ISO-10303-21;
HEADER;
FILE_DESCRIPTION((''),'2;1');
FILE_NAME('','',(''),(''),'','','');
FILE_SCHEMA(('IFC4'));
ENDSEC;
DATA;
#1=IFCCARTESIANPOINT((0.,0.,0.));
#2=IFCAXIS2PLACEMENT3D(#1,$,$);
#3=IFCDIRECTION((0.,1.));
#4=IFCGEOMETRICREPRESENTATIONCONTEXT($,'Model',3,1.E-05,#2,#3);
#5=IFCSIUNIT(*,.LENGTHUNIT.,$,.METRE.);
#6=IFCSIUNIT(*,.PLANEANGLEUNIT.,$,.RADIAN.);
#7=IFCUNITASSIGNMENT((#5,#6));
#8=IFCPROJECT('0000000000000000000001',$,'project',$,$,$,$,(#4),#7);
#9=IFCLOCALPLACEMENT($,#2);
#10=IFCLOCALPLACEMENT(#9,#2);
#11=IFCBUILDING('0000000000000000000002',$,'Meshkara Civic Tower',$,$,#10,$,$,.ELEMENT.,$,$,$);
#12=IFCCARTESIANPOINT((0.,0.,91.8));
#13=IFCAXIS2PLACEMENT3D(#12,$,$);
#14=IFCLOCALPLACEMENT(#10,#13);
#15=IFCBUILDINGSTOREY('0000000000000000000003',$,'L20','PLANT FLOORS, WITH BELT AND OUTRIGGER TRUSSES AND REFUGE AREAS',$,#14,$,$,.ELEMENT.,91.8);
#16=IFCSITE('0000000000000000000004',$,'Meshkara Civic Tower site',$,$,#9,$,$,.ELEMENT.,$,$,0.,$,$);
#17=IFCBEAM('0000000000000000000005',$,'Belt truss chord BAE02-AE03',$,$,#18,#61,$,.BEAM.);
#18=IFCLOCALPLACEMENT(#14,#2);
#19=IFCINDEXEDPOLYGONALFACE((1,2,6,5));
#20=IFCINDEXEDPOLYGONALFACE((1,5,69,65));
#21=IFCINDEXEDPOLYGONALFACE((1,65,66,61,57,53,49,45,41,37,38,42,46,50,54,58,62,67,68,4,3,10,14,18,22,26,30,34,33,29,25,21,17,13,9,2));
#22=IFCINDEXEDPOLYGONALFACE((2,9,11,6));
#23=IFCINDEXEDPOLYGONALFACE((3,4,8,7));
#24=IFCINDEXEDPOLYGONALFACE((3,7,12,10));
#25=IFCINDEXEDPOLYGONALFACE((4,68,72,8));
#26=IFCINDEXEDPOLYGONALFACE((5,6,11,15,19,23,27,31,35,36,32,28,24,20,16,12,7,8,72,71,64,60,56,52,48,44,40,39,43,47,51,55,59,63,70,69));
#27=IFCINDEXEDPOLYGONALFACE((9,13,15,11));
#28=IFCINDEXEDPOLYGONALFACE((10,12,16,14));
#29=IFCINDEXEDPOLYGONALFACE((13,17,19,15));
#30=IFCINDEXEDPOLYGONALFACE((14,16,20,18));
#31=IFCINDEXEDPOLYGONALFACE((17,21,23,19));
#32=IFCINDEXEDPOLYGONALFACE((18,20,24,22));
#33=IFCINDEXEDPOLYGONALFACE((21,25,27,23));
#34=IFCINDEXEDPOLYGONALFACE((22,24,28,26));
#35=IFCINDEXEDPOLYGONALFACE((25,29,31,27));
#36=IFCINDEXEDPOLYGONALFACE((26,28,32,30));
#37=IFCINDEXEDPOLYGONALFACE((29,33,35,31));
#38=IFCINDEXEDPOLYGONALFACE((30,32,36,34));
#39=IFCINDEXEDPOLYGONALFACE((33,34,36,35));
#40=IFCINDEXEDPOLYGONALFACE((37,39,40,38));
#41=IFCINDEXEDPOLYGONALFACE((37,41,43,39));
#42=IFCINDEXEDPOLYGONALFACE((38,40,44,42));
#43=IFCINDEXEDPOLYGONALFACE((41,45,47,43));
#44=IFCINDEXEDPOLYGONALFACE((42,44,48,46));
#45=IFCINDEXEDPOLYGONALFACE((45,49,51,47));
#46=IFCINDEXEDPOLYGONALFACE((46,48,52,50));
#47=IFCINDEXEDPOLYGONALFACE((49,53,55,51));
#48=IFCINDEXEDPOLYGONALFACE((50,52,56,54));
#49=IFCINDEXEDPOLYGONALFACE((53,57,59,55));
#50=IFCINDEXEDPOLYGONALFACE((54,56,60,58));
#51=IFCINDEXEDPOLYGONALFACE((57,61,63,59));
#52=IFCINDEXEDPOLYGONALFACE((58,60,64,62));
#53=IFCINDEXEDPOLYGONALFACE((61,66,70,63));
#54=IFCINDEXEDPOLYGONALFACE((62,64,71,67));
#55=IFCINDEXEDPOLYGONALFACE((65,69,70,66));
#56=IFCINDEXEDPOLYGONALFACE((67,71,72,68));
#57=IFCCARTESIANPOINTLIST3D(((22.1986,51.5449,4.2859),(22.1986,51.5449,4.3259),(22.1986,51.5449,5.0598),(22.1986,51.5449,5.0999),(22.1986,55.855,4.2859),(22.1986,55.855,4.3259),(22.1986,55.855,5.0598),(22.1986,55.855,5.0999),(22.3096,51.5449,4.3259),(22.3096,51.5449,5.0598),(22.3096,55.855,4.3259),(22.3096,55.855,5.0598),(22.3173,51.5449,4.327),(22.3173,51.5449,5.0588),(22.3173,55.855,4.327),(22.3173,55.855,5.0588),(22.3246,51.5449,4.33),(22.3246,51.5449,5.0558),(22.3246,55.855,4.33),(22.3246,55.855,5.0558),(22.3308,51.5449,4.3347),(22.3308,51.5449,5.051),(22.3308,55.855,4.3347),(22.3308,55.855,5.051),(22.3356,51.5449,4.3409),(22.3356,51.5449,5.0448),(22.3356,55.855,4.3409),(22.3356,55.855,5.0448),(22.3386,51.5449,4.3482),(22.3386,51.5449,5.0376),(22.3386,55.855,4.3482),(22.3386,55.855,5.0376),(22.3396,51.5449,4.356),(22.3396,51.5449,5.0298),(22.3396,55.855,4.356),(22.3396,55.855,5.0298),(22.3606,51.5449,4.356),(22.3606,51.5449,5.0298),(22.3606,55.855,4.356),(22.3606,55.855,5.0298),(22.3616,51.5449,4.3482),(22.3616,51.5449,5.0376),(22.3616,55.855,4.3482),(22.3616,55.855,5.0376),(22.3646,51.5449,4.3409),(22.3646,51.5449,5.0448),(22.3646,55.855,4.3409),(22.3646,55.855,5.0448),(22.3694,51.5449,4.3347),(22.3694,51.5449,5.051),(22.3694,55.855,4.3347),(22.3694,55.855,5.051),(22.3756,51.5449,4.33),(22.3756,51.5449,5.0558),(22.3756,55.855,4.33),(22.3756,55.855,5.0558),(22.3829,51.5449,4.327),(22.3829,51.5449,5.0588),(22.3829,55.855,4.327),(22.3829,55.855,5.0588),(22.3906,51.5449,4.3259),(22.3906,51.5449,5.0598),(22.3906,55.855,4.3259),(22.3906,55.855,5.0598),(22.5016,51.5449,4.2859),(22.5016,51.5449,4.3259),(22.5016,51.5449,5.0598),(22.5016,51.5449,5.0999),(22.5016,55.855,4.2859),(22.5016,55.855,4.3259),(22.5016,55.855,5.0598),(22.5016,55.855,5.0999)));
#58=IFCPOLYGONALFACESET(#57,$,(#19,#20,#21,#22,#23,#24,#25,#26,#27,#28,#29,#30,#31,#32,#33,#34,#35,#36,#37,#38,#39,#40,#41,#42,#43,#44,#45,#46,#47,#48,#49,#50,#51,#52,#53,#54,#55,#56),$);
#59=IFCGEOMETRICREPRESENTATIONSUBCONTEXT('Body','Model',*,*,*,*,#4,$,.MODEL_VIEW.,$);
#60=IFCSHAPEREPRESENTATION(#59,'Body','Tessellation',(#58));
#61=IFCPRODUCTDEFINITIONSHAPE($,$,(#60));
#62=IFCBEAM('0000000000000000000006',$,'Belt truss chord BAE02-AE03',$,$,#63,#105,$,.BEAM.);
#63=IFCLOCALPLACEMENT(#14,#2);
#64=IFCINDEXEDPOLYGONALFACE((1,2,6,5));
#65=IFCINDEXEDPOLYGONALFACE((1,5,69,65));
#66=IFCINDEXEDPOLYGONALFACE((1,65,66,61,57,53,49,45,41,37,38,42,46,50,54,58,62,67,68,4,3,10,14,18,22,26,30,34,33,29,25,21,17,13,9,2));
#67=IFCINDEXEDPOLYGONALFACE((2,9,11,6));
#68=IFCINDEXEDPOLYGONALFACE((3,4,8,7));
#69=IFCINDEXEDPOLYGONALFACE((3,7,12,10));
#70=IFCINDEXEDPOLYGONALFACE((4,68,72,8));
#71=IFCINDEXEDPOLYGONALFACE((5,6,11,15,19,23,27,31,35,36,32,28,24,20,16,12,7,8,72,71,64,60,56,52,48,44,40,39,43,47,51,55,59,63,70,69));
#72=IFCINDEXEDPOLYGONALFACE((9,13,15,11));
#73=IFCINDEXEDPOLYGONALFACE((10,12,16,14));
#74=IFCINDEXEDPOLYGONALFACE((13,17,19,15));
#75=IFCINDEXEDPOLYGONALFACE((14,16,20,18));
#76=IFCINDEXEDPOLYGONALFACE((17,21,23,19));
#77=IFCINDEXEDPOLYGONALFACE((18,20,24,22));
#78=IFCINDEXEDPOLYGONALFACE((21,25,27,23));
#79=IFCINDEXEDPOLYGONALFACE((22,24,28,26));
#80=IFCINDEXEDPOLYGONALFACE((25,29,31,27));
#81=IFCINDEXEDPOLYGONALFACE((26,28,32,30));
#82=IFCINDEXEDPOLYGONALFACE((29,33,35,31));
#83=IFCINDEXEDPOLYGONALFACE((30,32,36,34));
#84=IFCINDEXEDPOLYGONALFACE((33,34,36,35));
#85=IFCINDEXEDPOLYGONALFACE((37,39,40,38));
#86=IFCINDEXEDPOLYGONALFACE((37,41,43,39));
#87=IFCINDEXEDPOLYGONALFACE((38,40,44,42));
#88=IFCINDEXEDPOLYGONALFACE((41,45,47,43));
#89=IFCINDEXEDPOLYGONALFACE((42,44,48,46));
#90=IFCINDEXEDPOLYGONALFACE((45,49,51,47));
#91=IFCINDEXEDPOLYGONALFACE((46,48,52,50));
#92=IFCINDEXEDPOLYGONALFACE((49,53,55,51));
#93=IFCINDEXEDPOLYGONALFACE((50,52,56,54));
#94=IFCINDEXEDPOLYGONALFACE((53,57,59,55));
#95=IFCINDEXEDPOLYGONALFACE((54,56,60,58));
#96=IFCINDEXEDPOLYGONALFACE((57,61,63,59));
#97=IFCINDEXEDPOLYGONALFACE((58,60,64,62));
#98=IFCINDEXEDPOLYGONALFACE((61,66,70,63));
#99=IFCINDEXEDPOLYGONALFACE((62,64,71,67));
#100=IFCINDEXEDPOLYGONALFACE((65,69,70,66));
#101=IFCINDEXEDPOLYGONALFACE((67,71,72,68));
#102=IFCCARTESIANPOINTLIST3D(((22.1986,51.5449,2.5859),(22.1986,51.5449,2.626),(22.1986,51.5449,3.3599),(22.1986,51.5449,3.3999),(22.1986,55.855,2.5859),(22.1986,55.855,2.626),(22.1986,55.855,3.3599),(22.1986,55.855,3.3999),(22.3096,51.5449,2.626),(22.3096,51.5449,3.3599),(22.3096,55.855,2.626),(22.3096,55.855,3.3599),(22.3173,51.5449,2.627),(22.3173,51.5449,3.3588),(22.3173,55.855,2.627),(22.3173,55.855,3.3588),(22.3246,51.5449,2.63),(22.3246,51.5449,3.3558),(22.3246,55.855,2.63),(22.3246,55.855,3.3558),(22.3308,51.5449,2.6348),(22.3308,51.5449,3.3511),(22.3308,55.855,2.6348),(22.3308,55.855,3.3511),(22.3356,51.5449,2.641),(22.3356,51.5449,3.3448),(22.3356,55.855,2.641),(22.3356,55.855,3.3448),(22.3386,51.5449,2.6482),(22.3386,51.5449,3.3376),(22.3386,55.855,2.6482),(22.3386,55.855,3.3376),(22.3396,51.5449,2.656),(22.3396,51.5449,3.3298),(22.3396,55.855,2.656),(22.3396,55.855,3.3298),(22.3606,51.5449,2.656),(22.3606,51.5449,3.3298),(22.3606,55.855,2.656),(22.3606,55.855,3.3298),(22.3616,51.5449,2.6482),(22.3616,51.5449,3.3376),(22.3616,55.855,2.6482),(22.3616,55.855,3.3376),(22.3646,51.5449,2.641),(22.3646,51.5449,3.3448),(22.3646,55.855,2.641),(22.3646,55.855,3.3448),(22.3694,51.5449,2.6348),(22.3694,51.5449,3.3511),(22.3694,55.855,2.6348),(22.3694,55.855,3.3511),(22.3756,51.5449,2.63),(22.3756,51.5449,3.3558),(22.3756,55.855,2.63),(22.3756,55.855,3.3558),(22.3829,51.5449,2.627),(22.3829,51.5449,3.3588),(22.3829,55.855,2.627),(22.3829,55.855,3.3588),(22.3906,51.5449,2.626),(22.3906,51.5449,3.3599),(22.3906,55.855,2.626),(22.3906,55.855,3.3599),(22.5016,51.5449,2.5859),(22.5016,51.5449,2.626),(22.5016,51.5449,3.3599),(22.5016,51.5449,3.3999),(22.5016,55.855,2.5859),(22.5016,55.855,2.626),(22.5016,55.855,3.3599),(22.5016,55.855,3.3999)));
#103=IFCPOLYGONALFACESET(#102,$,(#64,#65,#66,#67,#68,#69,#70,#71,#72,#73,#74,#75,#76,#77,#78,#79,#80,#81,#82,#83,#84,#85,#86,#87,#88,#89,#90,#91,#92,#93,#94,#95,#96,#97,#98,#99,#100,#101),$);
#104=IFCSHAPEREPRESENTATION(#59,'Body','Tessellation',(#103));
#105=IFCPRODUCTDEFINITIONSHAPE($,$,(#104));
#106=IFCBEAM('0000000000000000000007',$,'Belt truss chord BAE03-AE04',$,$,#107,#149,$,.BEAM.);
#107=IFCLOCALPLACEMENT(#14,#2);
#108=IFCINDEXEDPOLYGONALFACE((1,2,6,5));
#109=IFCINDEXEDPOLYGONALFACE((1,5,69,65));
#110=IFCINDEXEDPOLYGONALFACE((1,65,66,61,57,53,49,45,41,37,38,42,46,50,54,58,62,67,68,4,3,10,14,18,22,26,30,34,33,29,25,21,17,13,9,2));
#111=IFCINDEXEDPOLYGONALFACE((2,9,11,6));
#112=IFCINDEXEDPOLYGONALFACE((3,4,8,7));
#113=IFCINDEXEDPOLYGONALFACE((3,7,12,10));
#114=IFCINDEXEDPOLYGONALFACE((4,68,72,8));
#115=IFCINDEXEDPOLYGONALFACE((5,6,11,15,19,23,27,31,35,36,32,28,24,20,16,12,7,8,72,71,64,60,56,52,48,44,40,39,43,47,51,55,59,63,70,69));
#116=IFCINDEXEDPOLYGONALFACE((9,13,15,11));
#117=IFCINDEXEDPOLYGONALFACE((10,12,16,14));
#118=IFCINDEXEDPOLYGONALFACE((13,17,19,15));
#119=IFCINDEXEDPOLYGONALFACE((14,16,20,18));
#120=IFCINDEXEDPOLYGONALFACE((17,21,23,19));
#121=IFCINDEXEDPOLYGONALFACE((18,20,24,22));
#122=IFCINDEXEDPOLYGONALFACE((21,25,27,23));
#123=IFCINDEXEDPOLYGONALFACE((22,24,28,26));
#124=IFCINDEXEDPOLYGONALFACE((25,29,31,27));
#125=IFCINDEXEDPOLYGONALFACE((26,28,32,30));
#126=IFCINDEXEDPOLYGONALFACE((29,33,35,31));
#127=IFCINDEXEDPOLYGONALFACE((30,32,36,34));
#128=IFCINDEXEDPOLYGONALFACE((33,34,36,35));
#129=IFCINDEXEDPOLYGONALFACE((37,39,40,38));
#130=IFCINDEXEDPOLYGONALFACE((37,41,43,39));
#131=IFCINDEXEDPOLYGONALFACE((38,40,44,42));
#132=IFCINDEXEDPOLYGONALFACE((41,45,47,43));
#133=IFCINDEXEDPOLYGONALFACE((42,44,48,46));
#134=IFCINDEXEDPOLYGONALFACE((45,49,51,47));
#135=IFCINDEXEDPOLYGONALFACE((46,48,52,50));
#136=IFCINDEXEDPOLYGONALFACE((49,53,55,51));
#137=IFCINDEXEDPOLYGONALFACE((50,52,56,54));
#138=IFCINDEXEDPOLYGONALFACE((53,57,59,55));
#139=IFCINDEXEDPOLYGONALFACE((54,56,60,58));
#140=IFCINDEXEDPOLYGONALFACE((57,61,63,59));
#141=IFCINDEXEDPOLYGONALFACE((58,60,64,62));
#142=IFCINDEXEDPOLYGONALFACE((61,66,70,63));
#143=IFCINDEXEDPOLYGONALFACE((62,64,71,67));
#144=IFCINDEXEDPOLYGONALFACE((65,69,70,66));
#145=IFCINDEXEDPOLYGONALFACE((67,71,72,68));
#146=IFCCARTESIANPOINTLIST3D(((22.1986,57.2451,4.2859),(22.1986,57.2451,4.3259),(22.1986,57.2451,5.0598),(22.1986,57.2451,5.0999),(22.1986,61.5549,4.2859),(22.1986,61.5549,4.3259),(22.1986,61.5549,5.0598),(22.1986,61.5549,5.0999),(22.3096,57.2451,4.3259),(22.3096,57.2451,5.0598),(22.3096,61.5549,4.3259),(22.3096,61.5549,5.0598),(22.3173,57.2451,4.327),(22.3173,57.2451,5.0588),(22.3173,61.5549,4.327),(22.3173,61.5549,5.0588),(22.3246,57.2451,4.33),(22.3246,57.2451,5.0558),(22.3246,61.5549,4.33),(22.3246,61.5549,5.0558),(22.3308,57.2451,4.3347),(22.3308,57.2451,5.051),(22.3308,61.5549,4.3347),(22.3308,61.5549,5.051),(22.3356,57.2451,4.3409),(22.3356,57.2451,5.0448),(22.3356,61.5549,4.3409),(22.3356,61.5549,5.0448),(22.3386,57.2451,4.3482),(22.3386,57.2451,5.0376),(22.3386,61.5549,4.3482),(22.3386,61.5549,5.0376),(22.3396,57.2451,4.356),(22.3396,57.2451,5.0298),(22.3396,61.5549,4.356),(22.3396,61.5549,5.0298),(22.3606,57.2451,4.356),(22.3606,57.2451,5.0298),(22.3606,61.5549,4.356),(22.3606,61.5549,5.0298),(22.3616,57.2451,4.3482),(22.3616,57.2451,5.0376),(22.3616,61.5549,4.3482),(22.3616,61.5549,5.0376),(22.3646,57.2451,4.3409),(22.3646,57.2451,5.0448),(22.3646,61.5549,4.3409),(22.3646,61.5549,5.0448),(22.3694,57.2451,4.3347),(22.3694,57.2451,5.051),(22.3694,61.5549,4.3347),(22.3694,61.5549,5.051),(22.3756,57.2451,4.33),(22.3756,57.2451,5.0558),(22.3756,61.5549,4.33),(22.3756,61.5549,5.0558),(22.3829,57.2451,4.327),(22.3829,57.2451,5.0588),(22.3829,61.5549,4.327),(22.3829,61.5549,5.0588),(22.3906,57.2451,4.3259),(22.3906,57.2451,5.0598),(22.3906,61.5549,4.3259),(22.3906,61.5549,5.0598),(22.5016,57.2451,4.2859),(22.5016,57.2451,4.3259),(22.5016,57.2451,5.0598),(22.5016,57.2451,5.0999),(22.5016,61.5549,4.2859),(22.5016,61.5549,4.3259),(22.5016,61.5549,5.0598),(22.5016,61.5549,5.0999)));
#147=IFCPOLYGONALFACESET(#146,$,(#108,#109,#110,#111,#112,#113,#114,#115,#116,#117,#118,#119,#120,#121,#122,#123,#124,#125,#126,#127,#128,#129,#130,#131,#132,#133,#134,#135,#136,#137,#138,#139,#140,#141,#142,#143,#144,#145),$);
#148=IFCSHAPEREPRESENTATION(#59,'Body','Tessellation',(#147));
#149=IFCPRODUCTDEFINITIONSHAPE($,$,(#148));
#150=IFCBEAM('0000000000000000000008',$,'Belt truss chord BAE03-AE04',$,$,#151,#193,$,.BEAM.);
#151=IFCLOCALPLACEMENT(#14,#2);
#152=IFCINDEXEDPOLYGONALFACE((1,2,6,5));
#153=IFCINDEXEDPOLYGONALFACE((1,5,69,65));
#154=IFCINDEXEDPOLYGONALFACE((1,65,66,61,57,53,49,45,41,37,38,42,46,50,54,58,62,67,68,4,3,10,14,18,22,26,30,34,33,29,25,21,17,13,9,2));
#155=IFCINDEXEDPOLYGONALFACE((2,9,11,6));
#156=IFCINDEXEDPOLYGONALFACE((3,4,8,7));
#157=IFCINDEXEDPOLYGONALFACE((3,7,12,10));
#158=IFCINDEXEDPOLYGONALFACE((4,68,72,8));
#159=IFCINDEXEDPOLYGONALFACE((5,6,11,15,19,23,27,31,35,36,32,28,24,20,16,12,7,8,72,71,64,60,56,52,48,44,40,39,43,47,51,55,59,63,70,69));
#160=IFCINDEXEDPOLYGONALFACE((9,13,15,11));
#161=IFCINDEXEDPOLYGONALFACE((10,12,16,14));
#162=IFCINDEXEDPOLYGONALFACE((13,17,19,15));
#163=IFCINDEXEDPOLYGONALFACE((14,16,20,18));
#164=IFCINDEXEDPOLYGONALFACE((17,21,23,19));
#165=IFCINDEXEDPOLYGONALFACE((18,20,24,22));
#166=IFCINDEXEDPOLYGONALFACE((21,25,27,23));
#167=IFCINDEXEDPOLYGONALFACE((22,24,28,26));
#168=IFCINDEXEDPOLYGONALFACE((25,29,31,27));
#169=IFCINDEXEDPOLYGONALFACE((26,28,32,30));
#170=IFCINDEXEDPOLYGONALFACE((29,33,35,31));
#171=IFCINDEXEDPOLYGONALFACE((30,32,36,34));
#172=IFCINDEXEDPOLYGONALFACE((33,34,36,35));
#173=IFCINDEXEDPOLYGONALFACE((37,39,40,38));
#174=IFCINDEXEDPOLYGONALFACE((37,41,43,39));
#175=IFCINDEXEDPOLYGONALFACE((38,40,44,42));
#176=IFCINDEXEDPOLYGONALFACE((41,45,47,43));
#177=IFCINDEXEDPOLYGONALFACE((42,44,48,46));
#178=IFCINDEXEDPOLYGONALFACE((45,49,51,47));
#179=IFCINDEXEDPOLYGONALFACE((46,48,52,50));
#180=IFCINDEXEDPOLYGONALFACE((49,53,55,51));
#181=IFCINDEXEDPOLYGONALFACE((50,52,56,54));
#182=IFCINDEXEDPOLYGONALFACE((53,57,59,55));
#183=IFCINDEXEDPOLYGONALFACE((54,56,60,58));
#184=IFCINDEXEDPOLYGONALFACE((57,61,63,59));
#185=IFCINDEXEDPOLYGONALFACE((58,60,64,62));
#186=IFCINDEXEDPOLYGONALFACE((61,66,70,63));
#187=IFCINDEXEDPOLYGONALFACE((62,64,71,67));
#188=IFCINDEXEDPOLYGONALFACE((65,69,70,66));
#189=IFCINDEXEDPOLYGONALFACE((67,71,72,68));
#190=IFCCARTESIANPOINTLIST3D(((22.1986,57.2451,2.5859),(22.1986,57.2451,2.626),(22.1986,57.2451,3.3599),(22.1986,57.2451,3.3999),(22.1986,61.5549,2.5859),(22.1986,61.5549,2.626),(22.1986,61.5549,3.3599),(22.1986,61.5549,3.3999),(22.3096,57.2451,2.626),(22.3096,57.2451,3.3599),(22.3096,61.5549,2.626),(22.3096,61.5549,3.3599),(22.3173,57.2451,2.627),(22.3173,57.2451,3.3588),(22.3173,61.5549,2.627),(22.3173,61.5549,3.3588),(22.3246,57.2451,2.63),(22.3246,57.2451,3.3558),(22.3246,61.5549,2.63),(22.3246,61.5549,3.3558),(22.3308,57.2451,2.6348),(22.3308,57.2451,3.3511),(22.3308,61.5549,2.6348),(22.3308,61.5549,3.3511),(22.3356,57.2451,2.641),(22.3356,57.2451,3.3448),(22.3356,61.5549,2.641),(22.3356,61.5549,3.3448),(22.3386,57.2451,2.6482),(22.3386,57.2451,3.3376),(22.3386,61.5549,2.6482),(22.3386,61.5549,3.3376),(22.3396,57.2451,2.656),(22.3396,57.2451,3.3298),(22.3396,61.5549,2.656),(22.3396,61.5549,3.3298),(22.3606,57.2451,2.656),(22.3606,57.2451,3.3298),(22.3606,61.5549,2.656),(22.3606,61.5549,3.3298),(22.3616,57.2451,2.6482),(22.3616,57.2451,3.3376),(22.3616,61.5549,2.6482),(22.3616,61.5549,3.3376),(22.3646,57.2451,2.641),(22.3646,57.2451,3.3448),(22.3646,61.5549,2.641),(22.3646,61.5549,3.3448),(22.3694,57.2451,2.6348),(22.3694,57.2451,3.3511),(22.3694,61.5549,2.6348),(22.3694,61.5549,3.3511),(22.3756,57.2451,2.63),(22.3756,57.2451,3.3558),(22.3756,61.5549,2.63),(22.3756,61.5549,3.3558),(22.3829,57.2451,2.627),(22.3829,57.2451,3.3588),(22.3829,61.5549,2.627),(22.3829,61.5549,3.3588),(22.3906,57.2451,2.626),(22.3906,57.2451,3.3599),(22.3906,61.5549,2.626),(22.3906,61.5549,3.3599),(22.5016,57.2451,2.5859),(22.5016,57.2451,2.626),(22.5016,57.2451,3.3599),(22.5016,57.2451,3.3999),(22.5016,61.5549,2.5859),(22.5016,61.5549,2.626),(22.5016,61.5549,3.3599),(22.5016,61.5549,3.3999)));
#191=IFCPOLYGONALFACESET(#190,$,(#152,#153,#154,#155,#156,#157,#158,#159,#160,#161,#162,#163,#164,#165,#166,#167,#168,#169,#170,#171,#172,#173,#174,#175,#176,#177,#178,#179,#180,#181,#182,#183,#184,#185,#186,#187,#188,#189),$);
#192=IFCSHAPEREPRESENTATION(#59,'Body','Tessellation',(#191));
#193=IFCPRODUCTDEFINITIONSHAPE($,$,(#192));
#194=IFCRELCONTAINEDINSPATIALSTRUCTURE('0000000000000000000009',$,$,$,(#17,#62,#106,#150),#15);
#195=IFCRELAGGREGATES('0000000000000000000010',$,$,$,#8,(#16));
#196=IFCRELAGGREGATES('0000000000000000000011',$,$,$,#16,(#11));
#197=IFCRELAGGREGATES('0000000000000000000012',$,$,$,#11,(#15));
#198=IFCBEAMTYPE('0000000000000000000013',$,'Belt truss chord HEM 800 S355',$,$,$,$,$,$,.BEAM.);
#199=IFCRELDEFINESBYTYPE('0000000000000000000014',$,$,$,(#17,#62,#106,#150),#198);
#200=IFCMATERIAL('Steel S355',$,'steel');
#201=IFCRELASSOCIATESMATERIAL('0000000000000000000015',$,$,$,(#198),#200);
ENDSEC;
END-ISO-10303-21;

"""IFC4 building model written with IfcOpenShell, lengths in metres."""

from ifc_helpers import new_model, si_unit, direction, frame, origin, origin_2d, place, context, subcontext, project, spatial, i_section, extrude, material, material_profile, profile_set, type_object, element, save


model = new_model("IFC4")

# Units and contexts
model_context = context("Model", 3, precision=1e-05, world=origin(), true_north=direction((0.0, 1.0)))
body_context = subcontext(model_context, "Body", "Model", "MODEL_VIEW")
ifc_project = project(units=[si_unit("LENGTHUNIT", "METRE"), si_unit("PLANEANGLEUNIT", "RADIAN")], contexts=[model_context])

# Site, building, storey
site_placement = place(None, origin())
site = spatial("IfcSite", under=ifc_project, at=site_placement, Name="Meshkara Civic Tower site", CompositionType="ELEMENT", RefElevation=0.0)
building_placement = place(site_placement, origin())
building = spatial("IfcBuilding", under=site, at=building_placement, Name="Meshkara Civic Tower", CompositionType="ELEMENT")
storey_placement = place(building_placement, frame((0.0, 0.0, 91.8)))
storey = spatial("IfcBuildingStorey", under=building, at=storey_placement, Name="L20", Description="PLANT FLOORS, WITH BELT AND OUTRIGGER TRUSSES AND REFUGE AREAS", CompositionType="ELEMENT", Elevation=91.8)

# Beams
ifc_material_1 = material(Name="Steel S355", Category="steel")
ifc_material_profile_1 = material_profile(ifc_material_1, i_section(OverallWidth=0.303, OverallDepth=0.814, WebThickness=0.021, FlangeThickness=0.04, FilletRadius=0.03, at=origin_2d()))
ifc_profile_set_1 = profile_set([ifc_material_profile_1], Name="Steel S355")
beam_type_1 = type_object("IfcBeamType", Name="Belt truss chord HEM 800 S355", PredefinedType="BEAM", material=ifc_profile_set_1)
for number, where, z_axis, x_axis, name in (
    (1, (22.3501, 51.5449, 4.6929), (0.0, 1.0, 0.0), (-1.0, 0.0, 0.0), "Belt truss chord BAE02-AE03"),
    (2, (22.3501, 51.5449, 2.9929), (0.0, 1.0, 0.0), (-1.0, 0.0, 0.0), "Belt truss chord BAE02-AE03"),
):
    element("IfcBeam", number, at=place(storey_placement, frame(where, z_axis=z_axis, x_axis=x_axis)), inside=storey, type_object=beam_type_1, Name=name, PredefinedType="BEAM", context=body_context, shape_type="SweptSolid", body=[
        extrude(i_section(OverallWidth=0.303, OverallDepth=0.814, WebThickness=0.021, FlangeThickness=0.04, FilletRadius=0.03, at=origin_2d()), origin(), (0.0, 0.0, 1.0), 4.3101),
    ])
for number, where, z_axis, x_axis, name in (
    (3, (22.3501, 57.2451, 4.6929), (0.0, 1.0, 0.0), (-1.0, 0.0, 0.0), "Belt truss chord BAE03-AE04"),
    (4, (22.3501, 57.2451, 2.9929), (0.0, 1.0, 0.0), (-1.0, 0.0, 0.0), "Belt truss chord BAE03-AE04"),
):
    element("IfcBeam", number, at=place(storey_placement, frame(where, z_axis=z_axis, x_axis=x_axis)), inside=storey, type_object=beam_type_1, Name=name, PredefinedType="BEAM", context=body_context, shape_type="SweptSolid", body=[
        extrude(i_section(OverallWidth=0.303, OverallDepth=0.814, WebThickness=0.021, FlangeThickness=0.04, FilletRadius=0.03, at=origin_2d()), origin(), (0.0, 0.0, 1.0), 4.3098),
    ])

save(model, "model.ifc")
